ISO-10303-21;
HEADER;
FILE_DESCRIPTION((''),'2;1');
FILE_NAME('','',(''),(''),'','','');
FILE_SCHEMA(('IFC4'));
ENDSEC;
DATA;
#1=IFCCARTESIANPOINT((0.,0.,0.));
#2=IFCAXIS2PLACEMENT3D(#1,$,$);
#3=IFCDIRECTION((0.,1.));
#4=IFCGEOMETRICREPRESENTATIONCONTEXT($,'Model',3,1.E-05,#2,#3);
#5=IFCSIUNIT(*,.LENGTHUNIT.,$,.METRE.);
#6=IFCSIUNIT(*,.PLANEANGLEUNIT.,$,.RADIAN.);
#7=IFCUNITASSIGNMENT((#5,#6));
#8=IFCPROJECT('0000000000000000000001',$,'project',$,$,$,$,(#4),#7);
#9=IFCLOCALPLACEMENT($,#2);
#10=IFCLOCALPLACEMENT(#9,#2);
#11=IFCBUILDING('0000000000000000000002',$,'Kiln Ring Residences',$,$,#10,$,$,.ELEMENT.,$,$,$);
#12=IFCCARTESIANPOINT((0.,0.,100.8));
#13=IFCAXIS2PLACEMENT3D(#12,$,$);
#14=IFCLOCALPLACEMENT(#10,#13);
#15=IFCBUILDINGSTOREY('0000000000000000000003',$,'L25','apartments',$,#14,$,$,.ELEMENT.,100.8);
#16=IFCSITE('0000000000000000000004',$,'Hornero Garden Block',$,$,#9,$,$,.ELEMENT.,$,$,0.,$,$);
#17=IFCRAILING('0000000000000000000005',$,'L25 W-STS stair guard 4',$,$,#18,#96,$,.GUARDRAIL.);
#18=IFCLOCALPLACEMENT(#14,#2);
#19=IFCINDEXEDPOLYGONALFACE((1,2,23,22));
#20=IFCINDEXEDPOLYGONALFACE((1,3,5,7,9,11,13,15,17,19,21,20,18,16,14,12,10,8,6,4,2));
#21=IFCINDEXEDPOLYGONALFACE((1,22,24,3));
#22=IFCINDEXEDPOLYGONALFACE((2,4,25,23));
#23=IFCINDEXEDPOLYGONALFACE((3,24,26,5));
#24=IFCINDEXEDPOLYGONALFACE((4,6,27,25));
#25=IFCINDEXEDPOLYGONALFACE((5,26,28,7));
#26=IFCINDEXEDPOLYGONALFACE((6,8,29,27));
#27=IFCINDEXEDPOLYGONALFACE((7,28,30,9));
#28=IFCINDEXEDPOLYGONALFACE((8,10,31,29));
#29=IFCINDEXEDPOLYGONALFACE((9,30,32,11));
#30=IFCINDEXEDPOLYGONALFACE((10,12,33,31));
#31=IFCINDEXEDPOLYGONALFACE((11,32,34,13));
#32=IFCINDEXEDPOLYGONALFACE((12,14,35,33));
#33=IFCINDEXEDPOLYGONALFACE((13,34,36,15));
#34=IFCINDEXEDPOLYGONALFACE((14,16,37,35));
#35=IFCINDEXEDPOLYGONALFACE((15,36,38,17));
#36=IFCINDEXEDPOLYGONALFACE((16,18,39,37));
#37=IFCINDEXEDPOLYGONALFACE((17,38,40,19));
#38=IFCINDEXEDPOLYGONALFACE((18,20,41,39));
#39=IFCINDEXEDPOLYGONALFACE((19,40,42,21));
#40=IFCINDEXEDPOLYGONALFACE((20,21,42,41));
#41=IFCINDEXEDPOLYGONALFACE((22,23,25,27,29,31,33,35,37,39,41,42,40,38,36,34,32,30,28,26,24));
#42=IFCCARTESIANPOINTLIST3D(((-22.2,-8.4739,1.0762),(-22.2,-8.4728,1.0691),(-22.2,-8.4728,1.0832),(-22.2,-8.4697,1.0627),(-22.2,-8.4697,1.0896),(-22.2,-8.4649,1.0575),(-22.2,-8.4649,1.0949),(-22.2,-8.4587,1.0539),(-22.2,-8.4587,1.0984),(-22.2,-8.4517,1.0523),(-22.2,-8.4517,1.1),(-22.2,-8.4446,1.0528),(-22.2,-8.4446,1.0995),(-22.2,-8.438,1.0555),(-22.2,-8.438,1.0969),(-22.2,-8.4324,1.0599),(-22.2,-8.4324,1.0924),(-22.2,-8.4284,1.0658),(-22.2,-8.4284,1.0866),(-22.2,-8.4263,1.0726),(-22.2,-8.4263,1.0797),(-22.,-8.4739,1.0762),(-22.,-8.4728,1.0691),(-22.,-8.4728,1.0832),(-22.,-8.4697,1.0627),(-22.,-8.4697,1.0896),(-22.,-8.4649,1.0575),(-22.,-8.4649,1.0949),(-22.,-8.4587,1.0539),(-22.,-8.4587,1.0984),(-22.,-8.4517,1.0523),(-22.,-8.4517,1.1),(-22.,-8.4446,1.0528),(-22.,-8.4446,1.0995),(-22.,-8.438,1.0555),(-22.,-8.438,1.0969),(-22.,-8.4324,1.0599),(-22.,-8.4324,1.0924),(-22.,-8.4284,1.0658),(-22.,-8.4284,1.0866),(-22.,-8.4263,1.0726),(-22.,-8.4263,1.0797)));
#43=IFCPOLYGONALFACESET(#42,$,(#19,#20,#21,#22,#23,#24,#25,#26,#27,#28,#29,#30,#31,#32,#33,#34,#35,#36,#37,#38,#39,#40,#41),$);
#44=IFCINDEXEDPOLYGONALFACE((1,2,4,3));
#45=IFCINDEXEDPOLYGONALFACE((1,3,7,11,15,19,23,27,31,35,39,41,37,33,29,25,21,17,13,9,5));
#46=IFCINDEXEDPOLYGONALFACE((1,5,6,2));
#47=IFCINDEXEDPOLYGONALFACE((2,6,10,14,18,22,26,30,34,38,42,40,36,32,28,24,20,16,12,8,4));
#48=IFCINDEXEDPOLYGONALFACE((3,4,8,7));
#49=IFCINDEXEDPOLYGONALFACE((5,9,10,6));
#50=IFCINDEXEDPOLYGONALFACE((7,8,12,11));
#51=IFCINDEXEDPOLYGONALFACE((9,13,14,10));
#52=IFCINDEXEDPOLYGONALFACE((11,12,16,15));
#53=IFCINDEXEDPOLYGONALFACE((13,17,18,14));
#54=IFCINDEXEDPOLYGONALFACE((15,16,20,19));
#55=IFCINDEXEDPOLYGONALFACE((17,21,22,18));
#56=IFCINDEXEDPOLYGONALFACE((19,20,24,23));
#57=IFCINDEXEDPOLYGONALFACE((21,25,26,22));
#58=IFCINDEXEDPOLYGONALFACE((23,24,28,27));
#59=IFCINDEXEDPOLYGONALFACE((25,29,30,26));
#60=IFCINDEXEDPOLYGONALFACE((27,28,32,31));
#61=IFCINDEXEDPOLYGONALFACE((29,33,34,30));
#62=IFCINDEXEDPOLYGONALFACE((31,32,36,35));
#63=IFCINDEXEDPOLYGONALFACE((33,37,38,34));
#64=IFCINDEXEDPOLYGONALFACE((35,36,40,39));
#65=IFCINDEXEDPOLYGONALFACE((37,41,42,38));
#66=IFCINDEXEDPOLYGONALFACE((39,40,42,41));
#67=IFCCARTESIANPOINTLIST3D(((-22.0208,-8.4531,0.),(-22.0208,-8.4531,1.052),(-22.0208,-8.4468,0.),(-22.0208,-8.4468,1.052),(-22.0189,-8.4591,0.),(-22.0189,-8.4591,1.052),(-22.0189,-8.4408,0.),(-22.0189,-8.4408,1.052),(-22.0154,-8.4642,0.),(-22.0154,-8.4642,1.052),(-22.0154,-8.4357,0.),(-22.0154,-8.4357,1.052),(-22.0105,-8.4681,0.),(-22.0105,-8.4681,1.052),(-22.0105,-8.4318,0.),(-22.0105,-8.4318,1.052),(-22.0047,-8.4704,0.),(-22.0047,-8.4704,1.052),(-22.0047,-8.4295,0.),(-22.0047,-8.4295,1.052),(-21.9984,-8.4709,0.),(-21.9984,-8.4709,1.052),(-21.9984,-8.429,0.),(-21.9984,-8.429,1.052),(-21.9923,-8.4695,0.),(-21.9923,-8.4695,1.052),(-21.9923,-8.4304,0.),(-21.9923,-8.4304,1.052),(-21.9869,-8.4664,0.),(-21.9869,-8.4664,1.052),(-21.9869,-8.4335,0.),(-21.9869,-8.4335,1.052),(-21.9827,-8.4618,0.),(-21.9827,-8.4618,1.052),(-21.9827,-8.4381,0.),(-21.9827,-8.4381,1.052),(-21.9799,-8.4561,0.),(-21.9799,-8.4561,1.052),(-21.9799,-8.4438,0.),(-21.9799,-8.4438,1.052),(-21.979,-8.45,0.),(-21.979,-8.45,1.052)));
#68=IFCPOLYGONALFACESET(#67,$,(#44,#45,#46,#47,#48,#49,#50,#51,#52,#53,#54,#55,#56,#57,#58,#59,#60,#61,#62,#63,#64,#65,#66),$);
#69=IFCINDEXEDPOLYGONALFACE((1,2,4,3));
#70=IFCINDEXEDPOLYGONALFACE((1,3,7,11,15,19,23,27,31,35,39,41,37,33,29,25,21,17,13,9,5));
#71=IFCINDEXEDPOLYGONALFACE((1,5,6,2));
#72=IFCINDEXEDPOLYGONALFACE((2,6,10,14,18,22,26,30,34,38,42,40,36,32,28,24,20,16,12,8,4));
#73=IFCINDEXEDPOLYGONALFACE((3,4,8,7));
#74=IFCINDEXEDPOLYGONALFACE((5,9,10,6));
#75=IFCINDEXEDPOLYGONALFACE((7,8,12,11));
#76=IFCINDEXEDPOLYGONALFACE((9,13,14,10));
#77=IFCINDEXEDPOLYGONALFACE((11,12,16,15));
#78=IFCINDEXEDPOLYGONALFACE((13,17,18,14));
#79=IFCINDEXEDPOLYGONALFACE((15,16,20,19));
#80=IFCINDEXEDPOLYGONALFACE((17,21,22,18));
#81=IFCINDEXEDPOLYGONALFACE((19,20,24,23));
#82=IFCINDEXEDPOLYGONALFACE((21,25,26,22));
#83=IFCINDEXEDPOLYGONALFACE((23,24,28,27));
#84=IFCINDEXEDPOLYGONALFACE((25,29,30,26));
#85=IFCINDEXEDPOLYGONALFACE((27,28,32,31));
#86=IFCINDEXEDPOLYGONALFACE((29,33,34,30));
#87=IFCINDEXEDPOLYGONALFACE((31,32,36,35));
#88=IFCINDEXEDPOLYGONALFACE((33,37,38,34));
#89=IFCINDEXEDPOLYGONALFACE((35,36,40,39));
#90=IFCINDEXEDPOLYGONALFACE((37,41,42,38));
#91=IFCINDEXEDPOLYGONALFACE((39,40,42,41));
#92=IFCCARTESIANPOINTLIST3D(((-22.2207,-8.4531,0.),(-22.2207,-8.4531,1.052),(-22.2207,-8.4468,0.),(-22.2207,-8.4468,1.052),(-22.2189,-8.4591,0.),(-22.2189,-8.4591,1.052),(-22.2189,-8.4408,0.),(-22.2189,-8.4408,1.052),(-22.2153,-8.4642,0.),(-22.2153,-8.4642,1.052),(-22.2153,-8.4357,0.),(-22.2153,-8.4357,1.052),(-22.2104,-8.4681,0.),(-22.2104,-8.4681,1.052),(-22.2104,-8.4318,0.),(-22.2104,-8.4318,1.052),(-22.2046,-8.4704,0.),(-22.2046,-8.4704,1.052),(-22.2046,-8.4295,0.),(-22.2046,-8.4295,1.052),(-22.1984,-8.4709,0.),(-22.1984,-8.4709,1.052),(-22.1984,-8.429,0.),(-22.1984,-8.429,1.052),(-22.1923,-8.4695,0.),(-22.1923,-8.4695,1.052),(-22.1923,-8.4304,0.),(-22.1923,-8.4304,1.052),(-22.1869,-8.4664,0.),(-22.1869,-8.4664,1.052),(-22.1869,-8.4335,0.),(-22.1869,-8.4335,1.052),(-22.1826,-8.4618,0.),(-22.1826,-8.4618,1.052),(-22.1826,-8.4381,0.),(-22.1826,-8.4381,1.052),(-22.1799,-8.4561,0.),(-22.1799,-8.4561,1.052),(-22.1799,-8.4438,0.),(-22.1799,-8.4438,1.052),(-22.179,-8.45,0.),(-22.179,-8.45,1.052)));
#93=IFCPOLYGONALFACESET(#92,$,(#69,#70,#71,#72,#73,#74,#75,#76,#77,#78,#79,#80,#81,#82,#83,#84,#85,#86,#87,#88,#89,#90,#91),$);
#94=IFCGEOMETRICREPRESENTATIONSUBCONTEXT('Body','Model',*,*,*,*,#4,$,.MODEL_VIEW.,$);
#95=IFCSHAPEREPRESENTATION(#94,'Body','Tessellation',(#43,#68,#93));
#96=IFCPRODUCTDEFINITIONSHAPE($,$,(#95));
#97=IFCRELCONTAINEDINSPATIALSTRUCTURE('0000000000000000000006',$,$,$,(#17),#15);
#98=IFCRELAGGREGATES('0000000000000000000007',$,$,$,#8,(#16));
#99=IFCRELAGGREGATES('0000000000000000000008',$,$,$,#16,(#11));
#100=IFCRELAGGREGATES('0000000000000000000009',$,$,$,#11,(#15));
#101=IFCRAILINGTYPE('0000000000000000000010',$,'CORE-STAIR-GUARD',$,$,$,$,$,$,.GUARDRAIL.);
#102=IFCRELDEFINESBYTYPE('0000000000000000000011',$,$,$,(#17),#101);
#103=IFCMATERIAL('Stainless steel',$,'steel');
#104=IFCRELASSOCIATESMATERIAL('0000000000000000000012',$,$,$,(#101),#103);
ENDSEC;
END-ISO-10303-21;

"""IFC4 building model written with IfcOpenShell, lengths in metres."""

from ifc_helpers import new_model, si_unit, direction, frame, origin, origin_2d, place, context, subcontext, project, spatial, circle, extrude, material, type_object, element, save


model = new_model("IFC4")

# Units and contexts
model_context = context("Model", 3, precision=1e-05, world=origin(), true_north=direction((0.0, 1.0)))
body_context = subcontext(model_context, "Body", "Model", "MODEL_VIEW")
ifc_project = project(units=[si_unit("LENGTHUNIT", "METRE"), si_unit("PLANEANGLEUNIT", "RADIAN")], contexts=[model_context])

# Site, building, storey
site_placement = place(None, origin())
site = spatial("IfcSite", under=ifc_project, at=site_placement, Name="Hornero Garden Block", CompositionType="ELEMENT", RefElevation=0.0)
building_placement = place(site_placement, origin())
building = spatial("IfcBuilding", under=site, at=building_placement, Name="Kiln Ring Residences", CompositionType="ELEMENT")
storey_placement = place(building_placement, frame((0.0, 0.0, 100.8)))
storey = spatial("IfcBuildingStorey", under=building, at=storey_placement, Name="L25", Description="apartments", CompositionType="ELEMENT", Elevation=100.8)

# Railing
ifc_material_1 = material(Name="Stainless steel", Category="steel")
railing_type_1 = type_object("IfcRailingType", Name="CORE-STAIR-GUARD", PredefinedType="GUARDRAIL", material=ifc_material_1)
railing_1_placement = place(storey_placement, frame((-22.0, -8.45, 0.0)))
element("IfcRailing", 1, at=railing_1_placement, inside=storey, type_object=railing_type_1, Name="L25 W-STS stair guard 4", PredefinedType="GUARDRAIL", context=body_context, shape_type="SweptSolid", body=[
    extrude(circle(Radius=0.0239, at=origin_2d()), frame((0.0, 0.0, 1.0762), z_axis=(-1.0, 0.0, 0.0), x_axis=(0.0, -1.0, 0.0)), (0.0, 0.0, 1.0), 0.2),
    extrude(circle(Radius=0.021, at=origin_2d()), origin(), (0.0, 0.0, 1.0), 1.052),
    extrude(circle(Radius=0.021, at=origin_2d()), frame((-0.2, 0.0, 0.0)), (0.0, 0.0, 1.0), 1.052),
])

save(model, "model.ifc")
